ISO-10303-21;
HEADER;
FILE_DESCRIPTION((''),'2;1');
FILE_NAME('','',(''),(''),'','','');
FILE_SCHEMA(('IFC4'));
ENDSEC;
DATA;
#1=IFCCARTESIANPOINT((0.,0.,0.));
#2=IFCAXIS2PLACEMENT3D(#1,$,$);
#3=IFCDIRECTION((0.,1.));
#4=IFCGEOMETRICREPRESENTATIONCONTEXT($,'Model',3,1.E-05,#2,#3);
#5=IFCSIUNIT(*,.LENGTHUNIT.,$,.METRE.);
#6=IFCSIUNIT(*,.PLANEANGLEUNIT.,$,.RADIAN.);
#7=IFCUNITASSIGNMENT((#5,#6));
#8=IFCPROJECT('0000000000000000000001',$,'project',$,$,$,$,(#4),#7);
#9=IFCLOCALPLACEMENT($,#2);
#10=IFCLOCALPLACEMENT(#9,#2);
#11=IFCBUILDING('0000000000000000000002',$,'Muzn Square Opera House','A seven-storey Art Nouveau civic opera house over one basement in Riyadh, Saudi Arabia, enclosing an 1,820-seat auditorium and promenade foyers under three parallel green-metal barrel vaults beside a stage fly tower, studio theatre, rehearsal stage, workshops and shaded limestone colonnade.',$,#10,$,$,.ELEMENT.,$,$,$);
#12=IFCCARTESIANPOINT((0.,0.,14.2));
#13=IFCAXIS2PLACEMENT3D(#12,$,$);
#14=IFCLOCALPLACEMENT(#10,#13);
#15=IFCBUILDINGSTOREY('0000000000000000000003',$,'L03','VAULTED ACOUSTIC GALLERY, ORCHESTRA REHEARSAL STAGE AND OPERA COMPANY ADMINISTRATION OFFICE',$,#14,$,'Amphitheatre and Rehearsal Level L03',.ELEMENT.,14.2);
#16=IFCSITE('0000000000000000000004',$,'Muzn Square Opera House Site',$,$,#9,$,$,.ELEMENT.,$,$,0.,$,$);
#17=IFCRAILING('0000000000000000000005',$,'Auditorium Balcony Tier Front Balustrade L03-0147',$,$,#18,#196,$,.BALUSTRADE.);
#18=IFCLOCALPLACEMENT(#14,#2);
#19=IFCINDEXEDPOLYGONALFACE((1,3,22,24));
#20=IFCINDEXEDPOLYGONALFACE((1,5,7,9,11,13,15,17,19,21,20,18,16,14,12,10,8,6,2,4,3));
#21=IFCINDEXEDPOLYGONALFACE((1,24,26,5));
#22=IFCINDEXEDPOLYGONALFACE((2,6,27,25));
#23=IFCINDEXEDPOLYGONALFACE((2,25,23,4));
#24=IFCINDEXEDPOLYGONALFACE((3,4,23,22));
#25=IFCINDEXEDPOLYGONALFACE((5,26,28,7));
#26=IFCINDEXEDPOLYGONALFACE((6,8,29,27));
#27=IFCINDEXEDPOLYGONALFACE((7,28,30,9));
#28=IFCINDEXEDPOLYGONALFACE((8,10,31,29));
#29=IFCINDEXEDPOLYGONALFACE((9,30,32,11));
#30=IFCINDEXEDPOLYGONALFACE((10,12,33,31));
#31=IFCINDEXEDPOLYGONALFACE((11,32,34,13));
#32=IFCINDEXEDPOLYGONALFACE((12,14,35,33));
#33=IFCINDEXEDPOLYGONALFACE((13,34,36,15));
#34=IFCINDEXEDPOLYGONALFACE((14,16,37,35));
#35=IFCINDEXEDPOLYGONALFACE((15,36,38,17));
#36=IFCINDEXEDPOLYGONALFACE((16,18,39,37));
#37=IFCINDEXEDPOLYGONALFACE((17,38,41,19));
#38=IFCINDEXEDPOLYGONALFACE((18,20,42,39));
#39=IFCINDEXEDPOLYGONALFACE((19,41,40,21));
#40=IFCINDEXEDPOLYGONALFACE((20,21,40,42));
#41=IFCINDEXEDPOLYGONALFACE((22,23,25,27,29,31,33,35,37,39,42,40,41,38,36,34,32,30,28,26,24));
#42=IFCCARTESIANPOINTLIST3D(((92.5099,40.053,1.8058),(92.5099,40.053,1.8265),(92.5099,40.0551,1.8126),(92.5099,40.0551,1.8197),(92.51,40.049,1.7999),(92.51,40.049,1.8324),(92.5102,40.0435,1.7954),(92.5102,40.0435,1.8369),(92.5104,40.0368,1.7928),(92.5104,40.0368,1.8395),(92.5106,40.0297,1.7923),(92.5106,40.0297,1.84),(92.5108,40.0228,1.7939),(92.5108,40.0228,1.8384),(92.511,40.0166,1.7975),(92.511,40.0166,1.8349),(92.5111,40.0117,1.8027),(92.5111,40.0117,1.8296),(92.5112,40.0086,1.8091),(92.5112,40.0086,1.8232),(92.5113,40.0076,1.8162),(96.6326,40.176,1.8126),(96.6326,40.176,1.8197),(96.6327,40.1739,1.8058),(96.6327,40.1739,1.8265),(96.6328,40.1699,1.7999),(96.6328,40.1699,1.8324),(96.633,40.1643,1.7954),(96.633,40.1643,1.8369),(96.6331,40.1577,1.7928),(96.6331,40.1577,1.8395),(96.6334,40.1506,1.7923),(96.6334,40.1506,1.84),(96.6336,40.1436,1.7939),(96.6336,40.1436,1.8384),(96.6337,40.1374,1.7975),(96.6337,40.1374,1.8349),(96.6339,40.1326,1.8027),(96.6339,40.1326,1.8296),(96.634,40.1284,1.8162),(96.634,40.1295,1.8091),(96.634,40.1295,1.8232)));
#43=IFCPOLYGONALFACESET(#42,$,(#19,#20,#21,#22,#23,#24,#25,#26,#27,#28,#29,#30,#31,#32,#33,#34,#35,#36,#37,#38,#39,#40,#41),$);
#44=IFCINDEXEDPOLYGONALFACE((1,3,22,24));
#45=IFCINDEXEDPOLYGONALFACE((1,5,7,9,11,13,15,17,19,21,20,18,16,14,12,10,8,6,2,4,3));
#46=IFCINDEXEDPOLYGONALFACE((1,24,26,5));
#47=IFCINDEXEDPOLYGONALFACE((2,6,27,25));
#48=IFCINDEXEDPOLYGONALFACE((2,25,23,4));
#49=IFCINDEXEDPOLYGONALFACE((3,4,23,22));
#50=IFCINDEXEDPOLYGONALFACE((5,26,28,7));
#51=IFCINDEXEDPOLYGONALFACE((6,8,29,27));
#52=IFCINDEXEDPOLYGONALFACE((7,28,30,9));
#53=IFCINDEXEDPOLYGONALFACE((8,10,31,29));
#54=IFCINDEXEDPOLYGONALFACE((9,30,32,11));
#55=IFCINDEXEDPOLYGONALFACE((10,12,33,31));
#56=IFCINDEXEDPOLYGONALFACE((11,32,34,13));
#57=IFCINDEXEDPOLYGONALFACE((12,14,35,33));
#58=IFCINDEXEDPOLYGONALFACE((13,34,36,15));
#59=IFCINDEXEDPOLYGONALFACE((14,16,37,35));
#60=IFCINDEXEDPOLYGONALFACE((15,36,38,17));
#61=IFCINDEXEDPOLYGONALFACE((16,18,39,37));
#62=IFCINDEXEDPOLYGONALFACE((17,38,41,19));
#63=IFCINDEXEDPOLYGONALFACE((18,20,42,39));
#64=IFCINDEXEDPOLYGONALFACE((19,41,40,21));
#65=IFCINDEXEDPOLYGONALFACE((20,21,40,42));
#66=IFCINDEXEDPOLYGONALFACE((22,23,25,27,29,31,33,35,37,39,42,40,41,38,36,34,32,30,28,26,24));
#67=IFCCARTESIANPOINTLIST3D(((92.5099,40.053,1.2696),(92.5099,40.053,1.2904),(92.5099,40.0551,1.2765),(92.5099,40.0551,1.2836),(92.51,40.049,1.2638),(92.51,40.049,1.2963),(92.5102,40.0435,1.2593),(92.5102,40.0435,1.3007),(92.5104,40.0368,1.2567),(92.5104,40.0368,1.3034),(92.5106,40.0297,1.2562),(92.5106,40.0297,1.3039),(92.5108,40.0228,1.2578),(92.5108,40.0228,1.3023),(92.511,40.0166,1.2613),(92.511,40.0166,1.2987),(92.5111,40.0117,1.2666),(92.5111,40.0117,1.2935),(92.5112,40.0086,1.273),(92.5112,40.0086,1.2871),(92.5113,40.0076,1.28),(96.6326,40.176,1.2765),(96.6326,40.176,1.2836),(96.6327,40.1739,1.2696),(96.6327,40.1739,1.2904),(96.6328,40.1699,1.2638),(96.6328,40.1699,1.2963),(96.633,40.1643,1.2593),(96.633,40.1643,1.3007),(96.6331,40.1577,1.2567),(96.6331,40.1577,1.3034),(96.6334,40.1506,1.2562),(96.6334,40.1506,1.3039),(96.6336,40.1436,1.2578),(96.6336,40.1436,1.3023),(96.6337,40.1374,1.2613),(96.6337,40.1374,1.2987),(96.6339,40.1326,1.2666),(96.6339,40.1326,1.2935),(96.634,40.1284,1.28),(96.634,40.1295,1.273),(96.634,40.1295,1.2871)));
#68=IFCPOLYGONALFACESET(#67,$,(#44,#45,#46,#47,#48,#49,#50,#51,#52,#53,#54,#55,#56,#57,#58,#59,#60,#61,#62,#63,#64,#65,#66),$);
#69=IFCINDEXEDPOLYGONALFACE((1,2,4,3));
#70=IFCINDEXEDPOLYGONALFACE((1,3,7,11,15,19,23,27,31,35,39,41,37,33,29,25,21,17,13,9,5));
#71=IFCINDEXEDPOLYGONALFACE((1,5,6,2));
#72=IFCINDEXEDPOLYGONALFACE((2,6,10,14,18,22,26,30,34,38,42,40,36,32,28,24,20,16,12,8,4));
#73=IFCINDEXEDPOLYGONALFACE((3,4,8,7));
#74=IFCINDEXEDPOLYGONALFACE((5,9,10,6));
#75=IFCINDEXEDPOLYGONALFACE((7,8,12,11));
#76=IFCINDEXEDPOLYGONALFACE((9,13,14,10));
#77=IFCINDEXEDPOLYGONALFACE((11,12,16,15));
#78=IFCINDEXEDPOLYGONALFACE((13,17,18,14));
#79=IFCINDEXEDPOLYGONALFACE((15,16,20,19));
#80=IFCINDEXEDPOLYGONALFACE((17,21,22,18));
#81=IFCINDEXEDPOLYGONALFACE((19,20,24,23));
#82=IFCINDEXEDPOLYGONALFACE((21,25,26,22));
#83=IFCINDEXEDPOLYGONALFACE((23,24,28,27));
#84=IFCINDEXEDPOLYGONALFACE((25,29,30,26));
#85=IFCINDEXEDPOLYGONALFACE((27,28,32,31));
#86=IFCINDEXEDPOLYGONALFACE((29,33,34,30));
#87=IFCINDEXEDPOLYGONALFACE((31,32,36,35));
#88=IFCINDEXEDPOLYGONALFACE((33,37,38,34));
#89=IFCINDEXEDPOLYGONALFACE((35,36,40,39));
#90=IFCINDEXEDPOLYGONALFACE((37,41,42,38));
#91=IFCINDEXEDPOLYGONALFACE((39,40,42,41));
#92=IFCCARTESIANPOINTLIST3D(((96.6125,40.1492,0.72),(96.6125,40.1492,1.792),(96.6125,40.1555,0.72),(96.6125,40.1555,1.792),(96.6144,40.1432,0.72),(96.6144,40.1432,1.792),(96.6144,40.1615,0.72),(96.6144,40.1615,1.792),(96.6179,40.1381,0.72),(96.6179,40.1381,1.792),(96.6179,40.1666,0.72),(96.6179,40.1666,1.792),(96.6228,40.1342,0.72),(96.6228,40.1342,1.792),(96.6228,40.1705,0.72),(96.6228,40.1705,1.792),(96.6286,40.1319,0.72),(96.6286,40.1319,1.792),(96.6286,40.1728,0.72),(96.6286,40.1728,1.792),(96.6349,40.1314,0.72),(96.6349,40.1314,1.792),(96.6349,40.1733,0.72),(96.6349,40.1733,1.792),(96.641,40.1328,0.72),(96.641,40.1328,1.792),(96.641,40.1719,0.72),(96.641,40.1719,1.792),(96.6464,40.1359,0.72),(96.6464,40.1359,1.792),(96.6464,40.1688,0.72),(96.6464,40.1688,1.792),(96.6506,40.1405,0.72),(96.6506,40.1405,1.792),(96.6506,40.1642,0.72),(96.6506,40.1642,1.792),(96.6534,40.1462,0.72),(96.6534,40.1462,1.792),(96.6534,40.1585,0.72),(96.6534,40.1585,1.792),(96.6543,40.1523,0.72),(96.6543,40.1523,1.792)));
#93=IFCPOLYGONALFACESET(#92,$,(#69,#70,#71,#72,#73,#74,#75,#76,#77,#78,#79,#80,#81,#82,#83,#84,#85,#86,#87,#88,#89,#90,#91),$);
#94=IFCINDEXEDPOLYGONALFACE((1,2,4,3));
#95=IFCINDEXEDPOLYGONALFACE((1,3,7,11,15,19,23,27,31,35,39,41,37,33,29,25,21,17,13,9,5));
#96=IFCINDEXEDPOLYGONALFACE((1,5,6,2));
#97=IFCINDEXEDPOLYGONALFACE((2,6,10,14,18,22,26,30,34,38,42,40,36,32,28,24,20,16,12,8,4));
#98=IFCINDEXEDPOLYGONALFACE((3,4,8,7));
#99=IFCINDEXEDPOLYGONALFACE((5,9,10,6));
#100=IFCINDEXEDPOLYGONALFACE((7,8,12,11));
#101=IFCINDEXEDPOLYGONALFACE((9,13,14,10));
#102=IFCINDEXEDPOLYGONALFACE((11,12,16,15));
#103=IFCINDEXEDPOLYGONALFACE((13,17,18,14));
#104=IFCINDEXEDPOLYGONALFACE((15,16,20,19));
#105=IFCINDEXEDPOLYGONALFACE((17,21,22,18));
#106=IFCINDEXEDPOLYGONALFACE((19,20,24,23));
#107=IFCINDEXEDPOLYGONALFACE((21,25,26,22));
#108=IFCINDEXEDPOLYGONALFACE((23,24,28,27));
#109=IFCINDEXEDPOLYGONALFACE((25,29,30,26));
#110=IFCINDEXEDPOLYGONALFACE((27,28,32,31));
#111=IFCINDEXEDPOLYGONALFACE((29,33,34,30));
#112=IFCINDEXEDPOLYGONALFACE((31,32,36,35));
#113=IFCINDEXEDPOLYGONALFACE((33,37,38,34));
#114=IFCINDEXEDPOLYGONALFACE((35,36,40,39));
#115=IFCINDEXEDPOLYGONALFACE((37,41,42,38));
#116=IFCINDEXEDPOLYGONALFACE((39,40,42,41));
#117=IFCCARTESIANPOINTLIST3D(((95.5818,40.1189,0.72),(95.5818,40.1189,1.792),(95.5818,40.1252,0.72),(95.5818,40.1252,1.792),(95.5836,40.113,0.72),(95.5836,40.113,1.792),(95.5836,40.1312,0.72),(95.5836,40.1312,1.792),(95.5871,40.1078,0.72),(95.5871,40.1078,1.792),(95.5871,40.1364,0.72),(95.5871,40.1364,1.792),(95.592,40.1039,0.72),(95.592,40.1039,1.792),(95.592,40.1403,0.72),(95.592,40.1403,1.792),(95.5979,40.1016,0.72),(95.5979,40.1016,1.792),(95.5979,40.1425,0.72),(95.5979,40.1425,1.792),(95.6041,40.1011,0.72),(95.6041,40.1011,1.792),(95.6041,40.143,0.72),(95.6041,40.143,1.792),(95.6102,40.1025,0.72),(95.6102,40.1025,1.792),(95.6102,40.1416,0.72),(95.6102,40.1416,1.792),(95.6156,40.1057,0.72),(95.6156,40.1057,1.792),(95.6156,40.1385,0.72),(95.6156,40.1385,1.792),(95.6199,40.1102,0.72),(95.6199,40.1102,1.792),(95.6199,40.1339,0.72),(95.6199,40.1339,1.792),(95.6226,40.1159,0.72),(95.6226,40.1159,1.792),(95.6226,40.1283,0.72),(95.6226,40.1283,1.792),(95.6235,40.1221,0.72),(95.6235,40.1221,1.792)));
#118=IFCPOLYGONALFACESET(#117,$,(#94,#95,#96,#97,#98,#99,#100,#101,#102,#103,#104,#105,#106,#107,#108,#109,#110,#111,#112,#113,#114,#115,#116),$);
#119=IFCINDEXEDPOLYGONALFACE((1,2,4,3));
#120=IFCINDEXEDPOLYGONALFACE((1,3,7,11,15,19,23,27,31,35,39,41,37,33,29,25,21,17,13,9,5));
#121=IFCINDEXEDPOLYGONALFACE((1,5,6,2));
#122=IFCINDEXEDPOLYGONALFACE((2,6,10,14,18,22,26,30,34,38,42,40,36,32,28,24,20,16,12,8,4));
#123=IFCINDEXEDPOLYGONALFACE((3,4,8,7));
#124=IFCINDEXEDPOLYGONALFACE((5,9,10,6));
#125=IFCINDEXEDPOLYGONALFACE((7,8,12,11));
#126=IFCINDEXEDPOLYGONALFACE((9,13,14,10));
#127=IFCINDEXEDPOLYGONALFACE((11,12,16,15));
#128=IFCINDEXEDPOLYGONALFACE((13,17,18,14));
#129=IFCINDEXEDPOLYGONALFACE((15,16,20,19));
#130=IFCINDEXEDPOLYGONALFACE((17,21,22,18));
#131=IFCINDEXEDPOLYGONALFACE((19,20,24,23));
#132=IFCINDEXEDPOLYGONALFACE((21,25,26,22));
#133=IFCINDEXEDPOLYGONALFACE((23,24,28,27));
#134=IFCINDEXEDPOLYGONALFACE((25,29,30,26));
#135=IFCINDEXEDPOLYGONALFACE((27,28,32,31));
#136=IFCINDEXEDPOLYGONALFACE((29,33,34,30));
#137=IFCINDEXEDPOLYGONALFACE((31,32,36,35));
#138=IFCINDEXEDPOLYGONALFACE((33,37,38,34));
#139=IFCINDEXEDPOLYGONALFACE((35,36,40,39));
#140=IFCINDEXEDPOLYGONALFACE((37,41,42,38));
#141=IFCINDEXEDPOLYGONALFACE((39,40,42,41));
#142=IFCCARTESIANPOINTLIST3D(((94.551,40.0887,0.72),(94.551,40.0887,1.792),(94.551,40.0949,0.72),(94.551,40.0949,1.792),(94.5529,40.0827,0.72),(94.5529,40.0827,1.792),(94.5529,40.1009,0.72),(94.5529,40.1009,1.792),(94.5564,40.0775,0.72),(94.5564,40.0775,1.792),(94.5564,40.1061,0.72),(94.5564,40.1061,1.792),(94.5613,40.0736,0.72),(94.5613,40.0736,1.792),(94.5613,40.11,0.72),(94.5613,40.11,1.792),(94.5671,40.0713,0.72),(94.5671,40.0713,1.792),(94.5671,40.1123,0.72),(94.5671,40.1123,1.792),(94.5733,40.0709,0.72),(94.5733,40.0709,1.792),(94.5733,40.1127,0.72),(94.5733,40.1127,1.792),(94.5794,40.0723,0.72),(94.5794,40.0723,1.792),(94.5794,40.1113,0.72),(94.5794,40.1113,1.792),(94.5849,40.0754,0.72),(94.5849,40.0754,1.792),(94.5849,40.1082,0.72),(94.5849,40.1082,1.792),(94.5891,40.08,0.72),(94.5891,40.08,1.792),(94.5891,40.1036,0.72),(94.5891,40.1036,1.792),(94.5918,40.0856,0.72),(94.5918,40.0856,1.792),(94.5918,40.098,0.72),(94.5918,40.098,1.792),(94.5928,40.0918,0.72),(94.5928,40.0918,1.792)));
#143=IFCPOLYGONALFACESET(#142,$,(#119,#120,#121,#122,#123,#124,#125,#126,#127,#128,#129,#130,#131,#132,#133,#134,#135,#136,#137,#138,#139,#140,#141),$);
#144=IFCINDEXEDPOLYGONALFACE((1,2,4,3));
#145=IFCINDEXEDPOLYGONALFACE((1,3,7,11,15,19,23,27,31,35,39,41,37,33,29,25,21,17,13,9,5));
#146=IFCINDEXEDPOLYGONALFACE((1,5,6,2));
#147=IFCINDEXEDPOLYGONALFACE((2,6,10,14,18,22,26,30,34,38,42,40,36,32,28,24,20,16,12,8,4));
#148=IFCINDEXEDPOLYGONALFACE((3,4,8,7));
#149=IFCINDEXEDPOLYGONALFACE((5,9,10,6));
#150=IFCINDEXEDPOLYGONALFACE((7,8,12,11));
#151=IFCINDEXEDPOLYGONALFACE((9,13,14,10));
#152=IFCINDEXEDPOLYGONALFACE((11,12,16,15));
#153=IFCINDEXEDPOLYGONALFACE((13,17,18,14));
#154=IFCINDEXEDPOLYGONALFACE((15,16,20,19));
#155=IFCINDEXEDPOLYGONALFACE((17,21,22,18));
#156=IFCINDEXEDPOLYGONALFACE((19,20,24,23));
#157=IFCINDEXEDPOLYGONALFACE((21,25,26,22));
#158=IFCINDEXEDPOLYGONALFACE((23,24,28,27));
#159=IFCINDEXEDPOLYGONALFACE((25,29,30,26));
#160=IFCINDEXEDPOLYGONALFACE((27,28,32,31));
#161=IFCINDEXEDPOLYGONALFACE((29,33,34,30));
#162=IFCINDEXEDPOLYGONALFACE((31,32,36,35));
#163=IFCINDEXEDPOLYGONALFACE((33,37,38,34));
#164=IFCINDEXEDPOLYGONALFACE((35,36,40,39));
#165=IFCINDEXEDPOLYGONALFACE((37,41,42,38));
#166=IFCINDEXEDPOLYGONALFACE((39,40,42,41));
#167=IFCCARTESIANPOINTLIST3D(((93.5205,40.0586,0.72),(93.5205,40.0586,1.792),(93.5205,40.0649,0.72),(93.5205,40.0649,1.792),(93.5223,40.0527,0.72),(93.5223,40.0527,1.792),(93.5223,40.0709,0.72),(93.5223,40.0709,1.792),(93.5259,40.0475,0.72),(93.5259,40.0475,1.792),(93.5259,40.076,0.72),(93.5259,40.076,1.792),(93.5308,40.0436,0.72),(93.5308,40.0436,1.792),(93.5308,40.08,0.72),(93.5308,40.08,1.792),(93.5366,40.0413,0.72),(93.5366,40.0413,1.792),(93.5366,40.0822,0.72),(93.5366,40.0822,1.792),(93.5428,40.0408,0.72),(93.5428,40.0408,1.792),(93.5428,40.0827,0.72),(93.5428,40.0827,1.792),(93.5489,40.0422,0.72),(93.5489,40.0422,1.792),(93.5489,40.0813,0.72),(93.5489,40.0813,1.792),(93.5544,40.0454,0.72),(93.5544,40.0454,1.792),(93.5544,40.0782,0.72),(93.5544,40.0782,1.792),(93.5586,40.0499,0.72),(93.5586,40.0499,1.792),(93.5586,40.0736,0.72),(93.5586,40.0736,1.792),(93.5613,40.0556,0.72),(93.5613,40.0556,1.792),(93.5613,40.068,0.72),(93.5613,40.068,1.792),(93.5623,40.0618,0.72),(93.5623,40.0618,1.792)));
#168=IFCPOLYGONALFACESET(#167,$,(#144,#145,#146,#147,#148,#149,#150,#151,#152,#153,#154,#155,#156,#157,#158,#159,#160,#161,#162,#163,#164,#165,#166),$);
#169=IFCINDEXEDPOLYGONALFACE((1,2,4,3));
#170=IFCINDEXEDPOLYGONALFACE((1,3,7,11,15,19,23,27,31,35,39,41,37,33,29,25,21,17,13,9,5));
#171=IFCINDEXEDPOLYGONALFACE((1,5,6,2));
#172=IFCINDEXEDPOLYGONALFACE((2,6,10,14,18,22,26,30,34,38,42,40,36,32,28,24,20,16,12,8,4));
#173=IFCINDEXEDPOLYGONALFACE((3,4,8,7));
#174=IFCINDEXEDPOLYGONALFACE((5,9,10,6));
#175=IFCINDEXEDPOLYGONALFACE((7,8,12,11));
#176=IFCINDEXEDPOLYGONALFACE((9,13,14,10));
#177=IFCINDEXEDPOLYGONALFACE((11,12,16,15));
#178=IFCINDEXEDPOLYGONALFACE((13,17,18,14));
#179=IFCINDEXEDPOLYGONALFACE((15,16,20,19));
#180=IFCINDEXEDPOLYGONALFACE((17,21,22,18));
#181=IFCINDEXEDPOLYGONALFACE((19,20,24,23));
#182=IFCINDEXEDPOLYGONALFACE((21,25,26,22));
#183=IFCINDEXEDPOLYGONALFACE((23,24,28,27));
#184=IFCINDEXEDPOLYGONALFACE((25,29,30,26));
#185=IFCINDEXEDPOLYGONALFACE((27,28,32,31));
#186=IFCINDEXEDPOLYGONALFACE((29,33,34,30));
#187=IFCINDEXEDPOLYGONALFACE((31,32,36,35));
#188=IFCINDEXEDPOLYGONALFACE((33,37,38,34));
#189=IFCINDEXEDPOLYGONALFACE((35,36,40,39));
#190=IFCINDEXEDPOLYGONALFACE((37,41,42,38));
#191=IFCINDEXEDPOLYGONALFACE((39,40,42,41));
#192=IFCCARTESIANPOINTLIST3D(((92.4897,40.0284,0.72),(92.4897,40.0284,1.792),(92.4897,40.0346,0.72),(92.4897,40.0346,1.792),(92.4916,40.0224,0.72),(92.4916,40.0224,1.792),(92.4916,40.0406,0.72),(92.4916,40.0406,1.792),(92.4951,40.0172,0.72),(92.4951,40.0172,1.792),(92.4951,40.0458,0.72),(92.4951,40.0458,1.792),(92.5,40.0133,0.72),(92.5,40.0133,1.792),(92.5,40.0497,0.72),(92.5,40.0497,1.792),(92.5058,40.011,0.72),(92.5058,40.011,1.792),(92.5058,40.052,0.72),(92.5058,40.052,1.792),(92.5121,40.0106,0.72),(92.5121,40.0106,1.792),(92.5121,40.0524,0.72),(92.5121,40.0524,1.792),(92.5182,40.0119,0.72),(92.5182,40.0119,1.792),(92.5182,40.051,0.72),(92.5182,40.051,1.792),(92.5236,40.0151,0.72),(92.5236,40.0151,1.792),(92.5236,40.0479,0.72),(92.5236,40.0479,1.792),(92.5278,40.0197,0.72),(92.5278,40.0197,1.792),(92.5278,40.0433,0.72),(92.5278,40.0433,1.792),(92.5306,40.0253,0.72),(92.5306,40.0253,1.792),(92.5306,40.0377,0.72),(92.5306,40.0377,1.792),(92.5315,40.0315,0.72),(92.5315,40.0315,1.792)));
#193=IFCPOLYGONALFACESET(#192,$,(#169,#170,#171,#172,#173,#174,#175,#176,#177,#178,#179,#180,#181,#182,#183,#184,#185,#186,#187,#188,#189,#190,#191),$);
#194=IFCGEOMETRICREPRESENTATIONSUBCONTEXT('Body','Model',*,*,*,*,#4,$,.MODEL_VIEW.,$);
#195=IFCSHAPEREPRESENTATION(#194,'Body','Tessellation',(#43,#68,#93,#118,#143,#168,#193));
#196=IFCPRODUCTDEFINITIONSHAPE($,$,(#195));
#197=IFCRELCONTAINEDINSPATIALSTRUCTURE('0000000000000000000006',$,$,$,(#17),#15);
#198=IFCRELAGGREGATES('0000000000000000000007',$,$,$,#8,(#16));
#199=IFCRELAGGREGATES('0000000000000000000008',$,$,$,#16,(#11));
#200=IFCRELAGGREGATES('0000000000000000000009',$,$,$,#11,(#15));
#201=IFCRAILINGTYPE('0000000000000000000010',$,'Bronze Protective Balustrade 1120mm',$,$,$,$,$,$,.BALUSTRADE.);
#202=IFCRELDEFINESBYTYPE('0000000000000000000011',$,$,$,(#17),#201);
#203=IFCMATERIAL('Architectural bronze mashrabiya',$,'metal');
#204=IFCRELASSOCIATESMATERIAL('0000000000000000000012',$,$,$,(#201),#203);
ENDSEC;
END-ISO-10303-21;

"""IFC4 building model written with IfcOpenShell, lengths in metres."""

from ifc_helpers import new_model, si_unit, direction, frame, origin, origin_2d, place, context, subcontext, project, spatial, circle, extrude, material, type_object, element, save


model = new_model("IFC4")

# Units and contexts
model_context = context("Model", 3, precision=1e-05, world=origin(), true_north=direction((0.0, 1.0)))
body_context = subcontext(model_context, "Body", "Model", "MODEL_VIEW")
ifc_project = project(units=[si_unit("LENGTHUNIT", "METRE"), si_unit("PLANEANGLEUNIT", "RADIAN")], contexts=[model_context])

# Site, building, storey
site_placement = place(None, origin())
site = spatial("IfcSite", under=ifc_project, at=site_placement, Name="Muzn Square Opera House Site", CompositionType="ELEMENT", RefElevation=0.0)
building_placement = place(site_placement, origin())
building = spatial("IfcBuilding", under=site, at=building_placement, Name="Muzn Square Opera House", Description="A seven-storey Art Nouveau civic opera house over one basement in Riyadh, Saudi Arabia, enclosing an 1,820-seat auditorium and promenade foyers under three parallel green-metal barrel vaults beside a stage fly tower, studio theatre, rehearsal stage, workshops and shaded limestone colonnade.", CompositionType="ELEMENT")
storey_placement = place(building_placement, frame((0.0, 0.0, 14.2)))
storey = spatial("IfcBuildingStorey", under=building, at=storey_placement, Name="L03", Description="VAULTED ACOUSTIC GALLERY, ORCHESTRA REHEARSAL STAGE AND OPERA COMPANY ADMINISTRATION OFFICE", LongName="Amphitheatre and Rehearsal Level L03", CompositionType="ELEMENT", Elevation=14.2)

# Railing
ifc_material_1 = material(Name="Architectural bronze mashrabiya", Category="metal")
railing_type_1 = type_object("IfcRailingType", Name="Bronze Protective Balustrade 1120mm", PredefinedType="BALUSTRADE", material=ifc_material_1)
railing_1_placement = place(storey_placement, frame((96.6333, 40.1523, 0.72)))
element("IfcRailing", 1, at=railing_1_placement, inside=storey, type_object=railing_type_1, Name="Auditorium Balcony Tier Front Balustrade L03-0147", PredefinedType="BALUSTRADE", context=body_context, shape_type="SweptSolid", body=[
    extrude(circle(Radius=0.0239, at=origin_2d()), frame((0.0, 0.0, 1.0962), z_axis=(-0.999571, -0.0293, 0.0), x_axis=(0.0293, -0.999571, 0.0)), (0.0, 0.0, 1.0), 4.1245),
    extrude(circle(Radius=0.0239, at=origin_2d()), frame((0.0, 0.0, 0.5601), z_axis=(-0.999571, -0.0293, 0.0), x_axis=(0.0293, -0.999571, 0.0)), (0.0, 0.0, 1.0), 4.1245),
    extrude(circle(Radius=0.021, at=origin_2d()), origin(), (0.0, 0.0, 1.0), 1.072),
    extrude(circle(Radius=0.021, at=origin_2d()), frame((-1.0308, -0.0303, 0.0)), (0.0, 0.0, 1.0), 1.072),
    extrude(circle(Radius=0.021, at=origin_2d()), frame((-2.0615, -0.0605, 0.0)), (0.0, 0.0, 1.0), 1.072),
    extrude(circle(Radius=0.021, at=origin_2d()), frame((-3.092, -0.0906, 0.0)), (0.0, 0.0, 1.0), 1.072),
    extrude(circle(Radius=0.021, at=origin_2d()), frame((-4.1228, -0.1208, 0.0)), (0.0, 0.0, 1.0), 1.072),
])

save(model, "model.ifc")
